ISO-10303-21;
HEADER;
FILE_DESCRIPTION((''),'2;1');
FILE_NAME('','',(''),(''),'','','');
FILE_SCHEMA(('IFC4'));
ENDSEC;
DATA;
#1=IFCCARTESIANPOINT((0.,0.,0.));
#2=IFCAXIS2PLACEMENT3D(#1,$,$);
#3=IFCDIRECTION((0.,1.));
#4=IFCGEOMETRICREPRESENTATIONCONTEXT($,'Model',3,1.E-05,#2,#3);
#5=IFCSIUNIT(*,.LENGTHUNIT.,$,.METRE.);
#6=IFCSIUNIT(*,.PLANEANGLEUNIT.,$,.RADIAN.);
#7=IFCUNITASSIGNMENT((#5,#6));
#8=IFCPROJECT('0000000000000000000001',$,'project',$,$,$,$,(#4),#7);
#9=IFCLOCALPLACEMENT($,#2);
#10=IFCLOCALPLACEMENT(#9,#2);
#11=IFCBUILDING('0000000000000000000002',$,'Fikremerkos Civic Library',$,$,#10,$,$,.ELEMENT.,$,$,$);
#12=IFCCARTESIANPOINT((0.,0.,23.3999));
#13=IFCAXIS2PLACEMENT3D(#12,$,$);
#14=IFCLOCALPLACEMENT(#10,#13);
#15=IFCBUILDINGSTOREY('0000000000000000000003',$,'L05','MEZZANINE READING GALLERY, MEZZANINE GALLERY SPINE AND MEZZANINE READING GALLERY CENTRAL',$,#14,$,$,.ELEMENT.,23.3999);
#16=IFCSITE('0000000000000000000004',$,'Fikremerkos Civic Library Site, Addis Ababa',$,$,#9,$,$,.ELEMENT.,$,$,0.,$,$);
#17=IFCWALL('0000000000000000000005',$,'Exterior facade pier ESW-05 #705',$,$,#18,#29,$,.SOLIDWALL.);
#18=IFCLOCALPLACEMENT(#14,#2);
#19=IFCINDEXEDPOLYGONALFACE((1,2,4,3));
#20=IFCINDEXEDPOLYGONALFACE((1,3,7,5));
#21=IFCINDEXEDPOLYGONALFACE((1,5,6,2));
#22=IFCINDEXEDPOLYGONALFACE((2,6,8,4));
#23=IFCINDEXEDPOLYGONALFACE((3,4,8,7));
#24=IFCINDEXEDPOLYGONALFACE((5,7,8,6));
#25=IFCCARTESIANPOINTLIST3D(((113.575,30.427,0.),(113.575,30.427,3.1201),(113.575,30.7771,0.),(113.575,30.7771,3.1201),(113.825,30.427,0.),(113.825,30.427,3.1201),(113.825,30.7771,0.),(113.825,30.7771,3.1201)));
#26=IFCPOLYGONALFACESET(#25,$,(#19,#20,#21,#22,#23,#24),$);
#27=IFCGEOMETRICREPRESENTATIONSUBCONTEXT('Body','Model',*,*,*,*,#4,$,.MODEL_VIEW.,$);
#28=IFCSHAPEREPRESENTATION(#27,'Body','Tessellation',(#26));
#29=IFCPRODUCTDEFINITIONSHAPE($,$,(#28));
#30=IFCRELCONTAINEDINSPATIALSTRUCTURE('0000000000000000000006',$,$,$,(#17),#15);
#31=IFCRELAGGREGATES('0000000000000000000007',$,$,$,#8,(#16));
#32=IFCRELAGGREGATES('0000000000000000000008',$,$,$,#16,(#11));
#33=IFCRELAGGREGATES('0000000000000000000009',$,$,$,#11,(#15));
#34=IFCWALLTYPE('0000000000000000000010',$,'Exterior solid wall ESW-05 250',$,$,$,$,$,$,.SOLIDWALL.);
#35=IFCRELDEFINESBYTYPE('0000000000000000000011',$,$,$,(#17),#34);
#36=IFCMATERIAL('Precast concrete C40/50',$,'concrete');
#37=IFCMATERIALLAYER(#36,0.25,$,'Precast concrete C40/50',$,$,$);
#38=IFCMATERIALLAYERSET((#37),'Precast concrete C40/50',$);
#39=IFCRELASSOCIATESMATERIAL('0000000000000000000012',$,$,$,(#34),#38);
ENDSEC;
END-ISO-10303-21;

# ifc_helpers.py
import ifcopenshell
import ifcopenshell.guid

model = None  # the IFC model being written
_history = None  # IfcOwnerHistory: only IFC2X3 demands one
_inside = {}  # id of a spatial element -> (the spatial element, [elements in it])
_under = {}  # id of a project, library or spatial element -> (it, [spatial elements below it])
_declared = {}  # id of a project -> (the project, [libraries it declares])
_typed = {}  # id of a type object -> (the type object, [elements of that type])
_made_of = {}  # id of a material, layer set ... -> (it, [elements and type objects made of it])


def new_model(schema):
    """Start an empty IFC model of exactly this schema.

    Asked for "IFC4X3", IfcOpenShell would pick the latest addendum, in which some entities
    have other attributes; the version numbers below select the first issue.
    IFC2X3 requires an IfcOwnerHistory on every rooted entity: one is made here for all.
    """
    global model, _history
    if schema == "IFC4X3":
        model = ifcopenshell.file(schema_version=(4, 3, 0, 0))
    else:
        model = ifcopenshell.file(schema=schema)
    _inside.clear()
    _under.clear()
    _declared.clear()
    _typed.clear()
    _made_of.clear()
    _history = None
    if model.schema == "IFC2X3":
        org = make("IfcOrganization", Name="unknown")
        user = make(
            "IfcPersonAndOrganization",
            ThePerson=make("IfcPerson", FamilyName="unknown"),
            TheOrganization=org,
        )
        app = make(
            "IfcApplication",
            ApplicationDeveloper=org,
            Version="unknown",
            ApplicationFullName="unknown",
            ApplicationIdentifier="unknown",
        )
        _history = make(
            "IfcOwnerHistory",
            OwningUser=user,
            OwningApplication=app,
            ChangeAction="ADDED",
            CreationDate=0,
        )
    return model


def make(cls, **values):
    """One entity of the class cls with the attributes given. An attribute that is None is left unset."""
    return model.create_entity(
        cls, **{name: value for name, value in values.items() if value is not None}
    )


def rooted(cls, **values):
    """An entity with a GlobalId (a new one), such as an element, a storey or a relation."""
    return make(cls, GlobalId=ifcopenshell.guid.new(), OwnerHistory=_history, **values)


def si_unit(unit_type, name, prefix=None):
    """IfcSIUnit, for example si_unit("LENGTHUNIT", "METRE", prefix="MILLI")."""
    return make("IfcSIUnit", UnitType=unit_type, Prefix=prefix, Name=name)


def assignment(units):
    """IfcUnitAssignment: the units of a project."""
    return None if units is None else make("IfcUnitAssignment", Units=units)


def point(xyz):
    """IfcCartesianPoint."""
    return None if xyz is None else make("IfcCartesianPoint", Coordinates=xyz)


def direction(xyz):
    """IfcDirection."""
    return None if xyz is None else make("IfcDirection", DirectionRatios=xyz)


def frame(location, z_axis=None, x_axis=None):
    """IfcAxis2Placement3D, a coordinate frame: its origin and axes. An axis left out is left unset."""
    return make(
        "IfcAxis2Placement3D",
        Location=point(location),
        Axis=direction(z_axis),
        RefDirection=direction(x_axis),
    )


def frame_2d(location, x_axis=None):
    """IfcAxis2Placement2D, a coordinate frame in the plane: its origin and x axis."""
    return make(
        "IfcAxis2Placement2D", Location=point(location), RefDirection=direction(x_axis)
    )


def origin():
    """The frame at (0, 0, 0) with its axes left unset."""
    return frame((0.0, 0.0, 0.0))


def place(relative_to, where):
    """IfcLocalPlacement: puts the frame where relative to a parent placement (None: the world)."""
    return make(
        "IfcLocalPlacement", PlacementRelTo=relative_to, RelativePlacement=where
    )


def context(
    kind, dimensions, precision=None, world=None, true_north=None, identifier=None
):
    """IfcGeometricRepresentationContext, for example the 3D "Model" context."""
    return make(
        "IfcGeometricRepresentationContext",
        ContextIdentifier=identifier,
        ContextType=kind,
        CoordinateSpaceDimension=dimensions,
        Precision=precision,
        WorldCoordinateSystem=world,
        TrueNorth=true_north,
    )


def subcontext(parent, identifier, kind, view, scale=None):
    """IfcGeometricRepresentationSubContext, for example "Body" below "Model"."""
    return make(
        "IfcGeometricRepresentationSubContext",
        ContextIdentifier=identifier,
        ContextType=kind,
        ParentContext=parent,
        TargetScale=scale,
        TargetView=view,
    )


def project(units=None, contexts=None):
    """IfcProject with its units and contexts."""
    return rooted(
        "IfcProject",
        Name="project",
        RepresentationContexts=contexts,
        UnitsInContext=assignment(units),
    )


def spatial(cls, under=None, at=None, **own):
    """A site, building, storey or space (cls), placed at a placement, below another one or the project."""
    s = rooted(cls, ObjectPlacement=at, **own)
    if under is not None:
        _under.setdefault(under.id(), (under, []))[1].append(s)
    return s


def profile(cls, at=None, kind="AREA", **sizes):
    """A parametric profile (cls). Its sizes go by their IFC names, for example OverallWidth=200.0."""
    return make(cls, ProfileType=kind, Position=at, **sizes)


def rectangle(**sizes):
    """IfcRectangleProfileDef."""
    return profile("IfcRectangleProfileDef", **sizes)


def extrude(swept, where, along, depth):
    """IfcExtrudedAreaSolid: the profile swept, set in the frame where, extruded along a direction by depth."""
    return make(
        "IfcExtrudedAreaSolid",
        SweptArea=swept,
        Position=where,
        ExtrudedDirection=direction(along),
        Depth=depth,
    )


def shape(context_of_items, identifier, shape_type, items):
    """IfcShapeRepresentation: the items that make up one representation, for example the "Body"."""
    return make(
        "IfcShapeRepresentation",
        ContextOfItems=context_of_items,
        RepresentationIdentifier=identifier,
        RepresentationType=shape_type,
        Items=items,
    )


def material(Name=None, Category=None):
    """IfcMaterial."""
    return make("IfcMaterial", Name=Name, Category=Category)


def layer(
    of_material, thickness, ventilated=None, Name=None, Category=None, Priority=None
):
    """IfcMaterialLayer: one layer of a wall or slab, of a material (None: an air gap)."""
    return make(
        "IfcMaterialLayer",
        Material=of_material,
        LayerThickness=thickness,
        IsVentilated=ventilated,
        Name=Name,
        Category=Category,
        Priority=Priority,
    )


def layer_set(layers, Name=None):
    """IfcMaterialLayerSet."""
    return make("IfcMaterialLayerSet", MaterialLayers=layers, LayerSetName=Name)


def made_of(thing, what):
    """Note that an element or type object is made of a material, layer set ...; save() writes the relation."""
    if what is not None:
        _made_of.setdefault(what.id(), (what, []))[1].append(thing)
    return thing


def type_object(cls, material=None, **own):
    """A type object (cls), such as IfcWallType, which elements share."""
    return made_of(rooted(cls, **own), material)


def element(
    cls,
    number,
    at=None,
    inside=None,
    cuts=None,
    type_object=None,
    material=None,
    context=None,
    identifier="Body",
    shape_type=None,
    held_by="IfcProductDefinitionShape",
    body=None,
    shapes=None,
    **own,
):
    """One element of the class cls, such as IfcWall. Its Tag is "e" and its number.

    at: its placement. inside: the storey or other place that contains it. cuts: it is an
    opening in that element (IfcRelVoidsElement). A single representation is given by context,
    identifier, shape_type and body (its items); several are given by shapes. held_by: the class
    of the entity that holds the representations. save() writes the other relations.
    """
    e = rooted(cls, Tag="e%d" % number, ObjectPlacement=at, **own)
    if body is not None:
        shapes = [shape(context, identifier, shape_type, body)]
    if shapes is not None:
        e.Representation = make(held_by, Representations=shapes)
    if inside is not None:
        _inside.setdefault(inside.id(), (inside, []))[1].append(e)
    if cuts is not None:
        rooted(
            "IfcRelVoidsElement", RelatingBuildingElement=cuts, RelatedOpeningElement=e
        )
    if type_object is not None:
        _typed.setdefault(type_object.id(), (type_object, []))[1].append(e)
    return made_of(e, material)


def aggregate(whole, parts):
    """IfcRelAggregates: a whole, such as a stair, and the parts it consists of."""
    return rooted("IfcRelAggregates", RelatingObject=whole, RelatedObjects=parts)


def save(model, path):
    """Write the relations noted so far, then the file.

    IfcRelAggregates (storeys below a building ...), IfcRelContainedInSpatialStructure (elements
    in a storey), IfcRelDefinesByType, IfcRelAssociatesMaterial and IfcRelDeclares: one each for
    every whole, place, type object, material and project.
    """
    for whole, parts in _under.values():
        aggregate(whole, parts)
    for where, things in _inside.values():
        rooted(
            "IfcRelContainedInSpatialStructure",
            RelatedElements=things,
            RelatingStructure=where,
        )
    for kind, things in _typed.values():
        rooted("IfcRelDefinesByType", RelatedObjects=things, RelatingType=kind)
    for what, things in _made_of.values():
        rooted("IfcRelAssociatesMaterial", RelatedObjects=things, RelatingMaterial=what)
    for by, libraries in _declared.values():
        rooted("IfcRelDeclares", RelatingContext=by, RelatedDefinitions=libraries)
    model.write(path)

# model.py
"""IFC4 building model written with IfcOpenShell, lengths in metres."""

from ifc_helpers import new_model, si_unit, direction, frame, frame_2d, origin, place, context, subcontext, project, spatial, rectangle, extrude, material, layer, layer_set, type_object, element, save


model = new_model("IFC4")

# Units and contexts
model_context = context("Model", 3, precision=1e-05, world=origin(), true_north=direction((0.0, 1.0)))
body_context = subcontext(model_context, "Body", "Model", "MODEL_VIEW")
ifc_project = project(units=[si_unit("LENGTHUNIT", "METRE"), si_unit("PLANEANGLEUNIT", "RADIAN")], contexts=[model_context])

# Site, building, storey
site_placement = place(None, origin())
site = spatial("IfcSite", under=ifc_project, at=site_placement, Name="Fikremerkos Civic Library Site, Addis Ababa", CompositionType="ELEMENT", RefElevation=0.0)
building_placement = place(site_placement, origin())
building = spatial("IfcBuilding", under=site, at=building_placement, Name="Fikremerkos Civic Library", CompositionType="ELEMENT")
storey_placement = place(building_placement, frame((0.0, 0.0, 23.3999)))
storey = spatial("IfcBuildingStorey", under=building, at=storey_placement, Name="L05", Description="MEZZANINE READING GALLERY, MEZZANINE GALLERY SPINE AND MEZZANINE READING GALLERY CENTRAL", CompositionType="ELEMENT", Elevation=23.3999)

# Wall
ifc_material_1 = material(Name="Precast concrete C40/50", Category="concrete")
ifc_layer_1 = layer(ifc_material_1, 0.25, Name="Precast concrete C40/50")
ifc_layer_set_1 = layer_set([ifc_layer_1], Name="Precast concrete C40/50")
wall_type = type_object("IfcWallType", Name="Exterior solid wall ESW-05 250", PredefinedType="SOLIDWALL", material=ifc_layer_set_1)
for number, where, z_axis, x_axis, name in (
    (1, (113.7, 30.7771, 0.0), (0.0, 0.0, 1.0), (0.0, -1.0, 0.0), "Exterior facade pier ESW-05 #705"),
):
    element("IfcWall", number, at=place(storey_placement, frame(where, z_axis=z_axis, x_axis=x_axis)), inside=storey, type_object=wall_type, Name=name, PredefinedType="SOLIDWALL", context=body_context, shape_type="SweptSolid", body=[
        extrude(rectangle(XDim=0.3501, YDim=0.25, at=frame_2d((0.175, 0.0))), origin(), (0.0, 0.0, 1.0), 3.1201),
    ])

save(model, "model.ifc")
